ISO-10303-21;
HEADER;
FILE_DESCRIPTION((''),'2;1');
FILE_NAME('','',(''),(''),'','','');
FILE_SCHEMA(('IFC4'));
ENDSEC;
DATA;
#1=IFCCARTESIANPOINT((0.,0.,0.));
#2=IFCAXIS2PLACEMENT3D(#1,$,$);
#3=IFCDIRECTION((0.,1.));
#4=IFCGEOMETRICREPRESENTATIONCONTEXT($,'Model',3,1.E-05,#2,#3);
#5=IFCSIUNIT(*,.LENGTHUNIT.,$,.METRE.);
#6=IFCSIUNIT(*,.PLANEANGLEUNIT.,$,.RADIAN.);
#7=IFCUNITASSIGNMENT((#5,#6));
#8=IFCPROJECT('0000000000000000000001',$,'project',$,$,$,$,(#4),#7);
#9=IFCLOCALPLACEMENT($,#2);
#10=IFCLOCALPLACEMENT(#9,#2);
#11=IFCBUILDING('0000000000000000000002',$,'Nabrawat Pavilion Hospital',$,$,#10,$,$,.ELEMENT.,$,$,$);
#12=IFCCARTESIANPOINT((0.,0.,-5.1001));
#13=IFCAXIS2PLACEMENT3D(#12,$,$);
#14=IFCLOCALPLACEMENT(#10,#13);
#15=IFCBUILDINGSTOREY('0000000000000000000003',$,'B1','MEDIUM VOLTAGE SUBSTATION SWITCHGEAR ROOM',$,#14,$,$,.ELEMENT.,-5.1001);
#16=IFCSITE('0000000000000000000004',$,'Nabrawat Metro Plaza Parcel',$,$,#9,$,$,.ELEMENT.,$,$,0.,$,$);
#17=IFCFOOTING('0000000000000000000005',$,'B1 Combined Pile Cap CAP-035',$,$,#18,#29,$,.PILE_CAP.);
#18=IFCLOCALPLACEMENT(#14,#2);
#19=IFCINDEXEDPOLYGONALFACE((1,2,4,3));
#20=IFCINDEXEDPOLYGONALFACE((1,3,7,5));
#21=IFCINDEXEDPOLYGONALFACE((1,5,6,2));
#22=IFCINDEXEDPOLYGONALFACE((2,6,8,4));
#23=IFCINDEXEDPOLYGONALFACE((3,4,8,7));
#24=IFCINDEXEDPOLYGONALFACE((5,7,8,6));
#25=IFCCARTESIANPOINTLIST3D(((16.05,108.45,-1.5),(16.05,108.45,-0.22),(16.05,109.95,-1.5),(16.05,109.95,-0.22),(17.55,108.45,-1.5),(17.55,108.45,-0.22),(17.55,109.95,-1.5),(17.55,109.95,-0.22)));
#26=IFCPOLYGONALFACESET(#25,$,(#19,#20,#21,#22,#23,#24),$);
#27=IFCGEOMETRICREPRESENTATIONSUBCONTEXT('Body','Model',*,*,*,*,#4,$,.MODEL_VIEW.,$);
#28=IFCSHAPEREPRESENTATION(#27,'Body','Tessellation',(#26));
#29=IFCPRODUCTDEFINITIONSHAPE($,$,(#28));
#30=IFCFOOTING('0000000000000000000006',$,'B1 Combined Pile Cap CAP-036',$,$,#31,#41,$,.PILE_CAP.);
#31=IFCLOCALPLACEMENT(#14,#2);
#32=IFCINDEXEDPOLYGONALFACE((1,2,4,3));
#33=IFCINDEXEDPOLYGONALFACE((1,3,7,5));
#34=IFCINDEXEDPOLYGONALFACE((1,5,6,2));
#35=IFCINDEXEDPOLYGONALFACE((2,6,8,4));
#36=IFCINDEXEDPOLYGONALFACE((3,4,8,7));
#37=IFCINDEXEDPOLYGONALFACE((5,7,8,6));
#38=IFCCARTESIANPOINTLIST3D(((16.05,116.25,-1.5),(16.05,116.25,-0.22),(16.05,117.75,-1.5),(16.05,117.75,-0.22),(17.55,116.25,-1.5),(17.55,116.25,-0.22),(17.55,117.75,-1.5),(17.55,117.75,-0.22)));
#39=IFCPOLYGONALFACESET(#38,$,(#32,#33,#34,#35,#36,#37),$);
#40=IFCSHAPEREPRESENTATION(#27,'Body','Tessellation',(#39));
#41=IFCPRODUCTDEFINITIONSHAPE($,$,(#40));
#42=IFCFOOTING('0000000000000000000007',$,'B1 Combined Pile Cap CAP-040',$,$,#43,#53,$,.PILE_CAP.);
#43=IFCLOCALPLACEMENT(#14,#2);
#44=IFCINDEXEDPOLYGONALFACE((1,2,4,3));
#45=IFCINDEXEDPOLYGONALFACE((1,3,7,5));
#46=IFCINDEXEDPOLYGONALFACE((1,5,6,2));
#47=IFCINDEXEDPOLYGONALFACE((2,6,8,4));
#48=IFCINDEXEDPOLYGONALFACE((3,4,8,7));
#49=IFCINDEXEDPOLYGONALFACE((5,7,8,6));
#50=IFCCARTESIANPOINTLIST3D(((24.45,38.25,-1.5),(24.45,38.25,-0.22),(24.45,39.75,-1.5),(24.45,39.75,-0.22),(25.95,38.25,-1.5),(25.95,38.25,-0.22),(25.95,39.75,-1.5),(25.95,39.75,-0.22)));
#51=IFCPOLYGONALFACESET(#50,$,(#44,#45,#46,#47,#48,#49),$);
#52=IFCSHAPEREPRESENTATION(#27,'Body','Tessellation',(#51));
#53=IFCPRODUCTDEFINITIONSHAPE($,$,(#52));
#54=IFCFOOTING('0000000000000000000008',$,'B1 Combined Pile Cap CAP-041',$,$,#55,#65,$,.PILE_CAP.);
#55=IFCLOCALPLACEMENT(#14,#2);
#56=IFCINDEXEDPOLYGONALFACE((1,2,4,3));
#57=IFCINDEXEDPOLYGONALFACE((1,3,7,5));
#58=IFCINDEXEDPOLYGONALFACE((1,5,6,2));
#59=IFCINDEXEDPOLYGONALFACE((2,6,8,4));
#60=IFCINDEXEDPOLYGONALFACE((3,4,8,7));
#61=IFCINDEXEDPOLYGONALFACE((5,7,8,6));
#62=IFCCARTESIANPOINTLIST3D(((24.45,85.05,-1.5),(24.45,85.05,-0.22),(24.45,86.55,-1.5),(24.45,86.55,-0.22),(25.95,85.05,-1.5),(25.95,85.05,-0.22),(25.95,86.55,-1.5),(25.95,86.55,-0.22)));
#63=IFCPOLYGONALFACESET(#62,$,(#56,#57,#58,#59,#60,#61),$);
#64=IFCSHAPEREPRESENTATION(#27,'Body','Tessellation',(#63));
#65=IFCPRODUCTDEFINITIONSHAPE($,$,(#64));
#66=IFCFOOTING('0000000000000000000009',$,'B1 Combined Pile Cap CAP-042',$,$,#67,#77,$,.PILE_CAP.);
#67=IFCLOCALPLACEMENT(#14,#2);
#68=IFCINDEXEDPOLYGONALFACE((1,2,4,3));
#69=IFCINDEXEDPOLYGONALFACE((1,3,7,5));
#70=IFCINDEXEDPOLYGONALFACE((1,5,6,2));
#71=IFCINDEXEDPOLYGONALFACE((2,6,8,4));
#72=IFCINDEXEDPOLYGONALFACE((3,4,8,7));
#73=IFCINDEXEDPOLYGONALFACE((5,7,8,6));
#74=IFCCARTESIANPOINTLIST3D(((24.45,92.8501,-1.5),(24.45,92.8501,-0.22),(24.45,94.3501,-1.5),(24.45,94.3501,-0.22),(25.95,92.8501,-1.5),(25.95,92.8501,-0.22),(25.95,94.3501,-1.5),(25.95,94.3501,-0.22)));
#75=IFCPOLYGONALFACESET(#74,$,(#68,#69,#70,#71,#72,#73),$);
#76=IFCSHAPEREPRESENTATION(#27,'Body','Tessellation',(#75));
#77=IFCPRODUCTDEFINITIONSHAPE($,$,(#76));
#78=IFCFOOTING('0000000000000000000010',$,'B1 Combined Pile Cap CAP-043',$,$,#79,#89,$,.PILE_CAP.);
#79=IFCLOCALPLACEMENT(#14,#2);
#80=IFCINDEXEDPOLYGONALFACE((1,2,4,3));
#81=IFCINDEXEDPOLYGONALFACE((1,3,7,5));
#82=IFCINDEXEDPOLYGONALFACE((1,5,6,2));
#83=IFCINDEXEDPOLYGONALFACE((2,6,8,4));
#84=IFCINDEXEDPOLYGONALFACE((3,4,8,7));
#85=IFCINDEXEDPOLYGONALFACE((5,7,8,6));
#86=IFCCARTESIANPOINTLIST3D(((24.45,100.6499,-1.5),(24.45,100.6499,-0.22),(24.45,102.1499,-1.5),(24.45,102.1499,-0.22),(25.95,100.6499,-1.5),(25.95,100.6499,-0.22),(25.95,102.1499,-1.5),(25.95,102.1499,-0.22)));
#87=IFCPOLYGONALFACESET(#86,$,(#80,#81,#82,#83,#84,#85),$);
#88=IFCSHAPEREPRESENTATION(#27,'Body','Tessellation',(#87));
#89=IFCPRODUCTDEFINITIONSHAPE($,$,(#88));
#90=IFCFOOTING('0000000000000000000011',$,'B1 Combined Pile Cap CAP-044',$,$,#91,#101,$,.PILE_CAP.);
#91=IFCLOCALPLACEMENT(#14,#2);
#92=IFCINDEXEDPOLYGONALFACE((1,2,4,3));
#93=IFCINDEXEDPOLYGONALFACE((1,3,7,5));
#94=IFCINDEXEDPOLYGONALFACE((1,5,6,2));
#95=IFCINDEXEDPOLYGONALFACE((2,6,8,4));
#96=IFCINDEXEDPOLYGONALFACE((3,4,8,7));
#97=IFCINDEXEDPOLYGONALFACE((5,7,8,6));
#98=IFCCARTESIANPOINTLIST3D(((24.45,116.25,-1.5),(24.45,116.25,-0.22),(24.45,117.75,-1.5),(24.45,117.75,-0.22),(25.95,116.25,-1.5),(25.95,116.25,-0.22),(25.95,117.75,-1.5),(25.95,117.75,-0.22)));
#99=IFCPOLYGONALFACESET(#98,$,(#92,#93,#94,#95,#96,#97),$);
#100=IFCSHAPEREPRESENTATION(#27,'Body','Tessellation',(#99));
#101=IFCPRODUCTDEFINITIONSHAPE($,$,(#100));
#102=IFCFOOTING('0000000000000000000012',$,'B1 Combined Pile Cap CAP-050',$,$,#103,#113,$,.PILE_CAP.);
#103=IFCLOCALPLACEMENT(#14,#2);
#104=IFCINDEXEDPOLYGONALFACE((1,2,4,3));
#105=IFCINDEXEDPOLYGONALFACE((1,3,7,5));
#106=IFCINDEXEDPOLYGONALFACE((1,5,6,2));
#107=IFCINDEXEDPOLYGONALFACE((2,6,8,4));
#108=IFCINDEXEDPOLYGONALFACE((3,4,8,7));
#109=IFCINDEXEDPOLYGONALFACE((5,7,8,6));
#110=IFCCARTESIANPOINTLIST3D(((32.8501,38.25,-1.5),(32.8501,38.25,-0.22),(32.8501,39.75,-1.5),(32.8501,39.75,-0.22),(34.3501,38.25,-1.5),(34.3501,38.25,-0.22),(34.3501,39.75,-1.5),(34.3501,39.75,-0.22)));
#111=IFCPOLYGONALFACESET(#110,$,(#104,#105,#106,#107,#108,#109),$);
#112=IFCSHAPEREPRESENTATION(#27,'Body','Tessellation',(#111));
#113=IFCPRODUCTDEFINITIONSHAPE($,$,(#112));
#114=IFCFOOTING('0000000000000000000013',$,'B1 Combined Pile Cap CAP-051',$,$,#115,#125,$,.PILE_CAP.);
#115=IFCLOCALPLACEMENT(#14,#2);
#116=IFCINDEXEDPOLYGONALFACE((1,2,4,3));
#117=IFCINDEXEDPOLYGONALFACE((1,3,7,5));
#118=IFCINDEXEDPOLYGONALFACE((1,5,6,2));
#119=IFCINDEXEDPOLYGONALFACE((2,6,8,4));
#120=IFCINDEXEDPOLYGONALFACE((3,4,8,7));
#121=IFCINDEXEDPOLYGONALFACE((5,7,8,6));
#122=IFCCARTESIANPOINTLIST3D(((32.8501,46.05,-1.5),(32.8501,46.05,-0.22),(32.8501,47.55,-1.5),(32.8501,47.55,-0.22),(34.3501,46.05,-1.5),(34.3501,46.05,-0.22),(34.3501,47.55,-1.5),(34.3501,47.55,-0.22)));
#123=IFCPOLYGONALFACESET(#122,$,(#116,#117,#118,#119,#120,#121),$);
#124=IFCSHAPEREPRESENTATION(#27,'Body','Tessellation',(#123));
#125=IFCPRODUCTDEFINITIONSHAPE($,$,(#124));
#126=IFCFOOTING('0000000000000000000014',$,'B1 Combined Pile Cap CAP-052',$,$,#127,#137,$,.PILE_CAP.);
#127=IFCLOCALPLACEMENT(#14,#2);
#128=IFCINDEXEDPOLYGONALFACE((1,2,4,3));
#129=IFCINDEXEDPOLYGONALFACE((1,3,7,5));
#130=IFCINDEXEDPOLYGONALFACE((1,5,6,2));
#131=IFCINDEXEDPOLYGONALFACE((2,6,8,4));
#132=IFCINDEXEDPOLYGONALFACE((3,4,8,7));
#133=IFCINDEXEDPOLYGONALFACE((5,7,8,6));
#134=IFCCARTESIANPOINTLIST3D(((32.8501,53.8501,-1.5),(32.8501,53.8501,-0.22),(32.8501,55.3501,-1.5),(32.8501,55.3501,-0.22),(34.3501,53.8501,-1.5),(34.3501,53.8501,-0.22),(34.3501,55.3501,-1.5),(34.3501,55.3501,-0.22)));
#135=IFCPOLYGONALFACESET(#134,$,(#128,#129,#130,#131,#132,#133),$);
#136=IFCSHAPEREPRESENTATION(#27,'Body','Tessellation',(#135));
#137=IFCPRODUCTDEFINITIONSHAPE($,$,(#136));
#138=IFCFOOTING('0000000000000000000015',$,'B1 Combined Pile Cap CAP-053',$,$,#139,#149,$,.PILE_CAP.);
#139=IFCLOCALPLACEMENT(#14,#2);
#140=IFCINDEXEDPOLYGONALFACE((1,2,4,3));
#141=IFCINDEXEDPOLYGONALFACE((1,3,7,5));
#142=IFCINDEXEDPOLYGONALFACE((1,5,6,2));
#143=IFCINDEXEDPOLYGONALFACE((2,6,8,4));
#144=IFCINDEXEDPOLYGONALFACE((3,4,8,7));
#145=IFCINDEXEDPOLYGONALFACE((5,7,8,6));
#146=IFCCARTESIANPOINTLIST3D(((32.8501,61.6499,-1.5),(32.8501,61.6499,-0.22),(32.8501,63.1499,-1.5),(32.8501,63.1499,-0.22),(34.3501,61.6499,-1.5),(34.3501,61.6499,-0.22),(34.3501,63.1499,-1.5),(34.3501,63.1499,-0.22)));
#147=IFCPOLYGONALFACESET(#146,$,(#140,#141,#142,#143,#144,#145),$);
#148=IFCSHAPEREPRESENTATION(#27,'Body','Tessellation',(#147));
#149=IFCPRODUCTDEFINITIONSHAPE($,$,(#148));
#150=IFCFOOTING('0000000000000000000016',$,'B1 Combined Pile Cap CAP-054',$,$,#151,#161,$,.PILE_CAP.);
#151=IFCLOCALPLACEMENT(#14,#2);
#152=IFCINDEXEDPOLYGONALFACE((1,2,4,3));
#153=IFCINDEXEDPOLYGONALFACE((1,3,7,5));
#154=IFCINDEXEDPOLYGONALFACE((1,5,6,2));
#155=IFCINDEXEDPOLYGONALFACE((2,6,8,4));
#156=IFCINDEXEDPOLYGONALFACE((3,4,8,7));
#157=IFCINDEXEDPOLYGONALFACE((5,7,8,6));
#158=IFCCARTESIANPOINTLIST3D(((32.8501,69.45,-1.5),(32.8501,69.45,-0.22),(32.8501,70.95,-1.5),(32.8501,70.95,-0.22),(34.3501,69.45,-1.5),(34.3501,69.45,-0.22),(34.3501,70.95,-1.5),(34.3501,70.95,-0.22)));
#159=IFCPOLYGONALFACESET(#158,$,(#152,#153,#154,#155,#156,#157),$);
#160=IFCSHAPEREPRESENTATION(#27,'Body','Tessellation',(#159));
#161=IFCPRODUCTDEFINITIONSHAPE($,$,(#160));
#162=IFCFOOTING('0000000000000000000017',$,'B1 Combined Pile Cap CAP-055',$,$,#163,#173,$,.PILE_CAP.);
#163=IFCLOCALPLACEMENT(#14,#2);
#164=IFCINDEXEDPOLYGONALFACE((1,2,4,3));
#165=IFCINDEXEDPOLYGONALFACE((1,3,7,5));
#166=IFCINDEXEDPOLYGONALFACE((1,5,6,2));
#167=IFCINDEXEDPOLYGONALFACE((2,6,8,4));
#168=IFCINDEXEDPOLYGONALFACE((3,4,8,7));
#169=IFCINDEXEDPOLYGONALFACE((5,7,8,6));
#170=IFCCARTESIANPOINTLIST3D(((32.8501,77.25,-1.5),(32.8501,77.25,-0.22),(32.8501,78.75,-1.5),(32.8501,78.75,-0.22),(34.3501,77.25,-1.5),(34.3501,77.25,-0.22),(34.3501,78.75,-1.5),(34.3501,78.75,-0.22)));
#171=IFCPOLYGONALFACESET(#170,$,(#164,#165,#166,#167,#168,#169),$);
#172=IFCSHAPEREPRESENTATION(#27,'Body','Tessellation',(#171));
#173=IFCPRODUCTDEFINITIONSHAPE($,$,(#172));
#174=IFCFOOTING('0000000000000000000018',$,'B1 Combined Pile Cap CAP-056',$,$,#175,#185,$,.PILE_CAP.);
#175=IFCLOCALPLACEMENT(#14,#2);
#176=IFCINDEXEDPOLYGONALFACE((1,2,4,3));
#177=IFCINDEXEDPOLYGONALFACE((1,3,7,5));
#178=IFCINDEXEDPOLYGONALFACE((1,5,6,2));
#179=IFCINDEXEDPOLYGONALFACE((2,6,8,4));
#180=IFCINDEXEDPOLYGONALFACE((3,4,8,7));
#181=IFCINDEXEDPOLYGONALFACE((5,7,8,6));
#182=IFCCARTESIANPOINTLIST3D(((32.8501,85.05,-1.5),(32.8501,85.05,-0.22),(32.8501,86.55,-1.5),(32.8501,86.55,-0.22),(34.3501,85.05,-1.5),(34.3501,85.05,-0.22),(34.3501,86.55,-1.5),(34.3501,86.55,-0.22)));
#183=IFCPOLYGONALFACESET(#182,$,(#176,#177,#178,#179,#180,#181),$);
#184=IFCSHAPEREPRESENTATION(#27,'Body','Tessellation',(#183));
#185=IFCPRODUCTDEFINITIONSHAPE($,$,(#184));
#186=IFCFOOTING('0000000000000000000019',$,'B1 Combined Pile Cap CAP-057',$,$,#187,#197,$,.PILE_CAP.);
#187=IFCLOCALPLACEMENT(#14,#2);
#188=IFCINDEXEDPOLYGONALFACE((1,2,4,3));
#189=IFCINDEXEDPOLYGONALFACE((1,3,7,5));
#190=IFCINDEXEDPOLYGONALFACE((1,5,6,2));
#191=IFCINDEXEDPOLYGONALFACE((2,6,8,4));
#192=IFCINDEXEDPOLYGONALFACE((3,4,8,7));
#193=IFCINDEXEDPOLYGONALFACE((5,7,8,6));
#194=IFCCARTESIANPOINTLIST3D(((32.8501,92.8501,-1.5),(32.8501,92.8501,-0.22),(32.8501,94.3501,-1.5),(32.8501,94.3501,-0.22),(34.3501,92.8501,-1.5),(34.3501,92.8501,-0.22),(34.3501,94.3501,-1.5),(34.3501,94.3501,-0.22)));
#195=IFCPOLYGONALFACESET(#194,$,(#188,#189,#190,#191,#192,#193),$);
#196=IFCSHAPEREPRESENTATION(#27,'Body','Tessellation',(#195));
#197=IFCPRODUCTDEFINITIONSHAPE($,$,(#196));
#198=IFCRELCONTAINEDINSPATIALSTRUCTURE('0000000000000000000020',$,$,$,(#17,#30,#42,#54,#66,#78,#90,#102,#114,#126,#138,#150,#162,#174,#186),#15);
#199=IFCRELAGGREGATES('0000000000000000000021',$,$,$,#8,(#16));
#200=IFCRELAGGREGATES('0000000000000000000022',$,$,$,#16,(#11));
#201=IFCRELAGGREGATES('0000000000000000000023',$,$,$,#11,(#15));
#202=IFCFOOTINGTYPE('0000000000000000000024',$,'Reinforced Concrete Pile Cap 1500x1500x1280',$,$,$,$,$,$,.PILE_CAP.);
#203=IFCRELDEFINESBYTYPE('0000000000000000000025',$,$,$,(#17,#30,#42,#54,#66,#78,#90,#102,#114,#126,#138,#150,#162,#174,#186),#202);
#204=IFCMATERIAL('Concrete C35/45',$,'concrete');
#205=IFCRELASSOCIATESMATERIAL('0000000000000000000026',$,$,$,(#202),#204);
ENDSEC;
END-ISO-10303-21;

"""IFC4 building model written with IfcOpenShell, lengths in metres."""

from ifc_helpers import new_model, si_unit, direction, frame, origin, place, context, subcontext, project, spatial, polyline, outline, extrude, material, type_object, element, save


model = new_model("IFC4")

# Units and contexts
model_context = context("Model", 3, precision=1e-05, world=origin(), true_north=direction((0.0, 1.0)))
body_context = subcontext(model_context, "Body", "Model", "MODEL_VIEW")
ifc_project = project(units=[si_unit("LENGTHUNIT", "METRE"), si_unit("PLANEANGLEUNIT", "RADIAN")], contexts=[model_context])

# Site, building, storey
site_placement = place(None, origin())
site = spatial("IfcSite", under=ifc_project, at=site_placement, Name="Nabrawat Metro Plaza Parcel", CompositionType="ELEMENT", RefElevation=0.0)
building_placement = place(site_placement, origin())
building = spatial("IfcBuilding", under=site, at=building_placement, Name="Nabrawat Pavilion Hospital", CompositionType="ELEMENT")
storey_placement = place(building_placement, frame((0.0, 0.0, -5.1001)))
storey = spatial("IfcBuildingStorey", under=building, at=storey_placement, Name="B1", Description="MEDIUM VOLTAGE SUBSTATION SWITCHGEAR ROOM", CompositionType="ELEMENT", Elevation=-5.1001)

# Footings
ifc_material = material(Name="Concrete C35/45", Category="concrete")
footing_type = type_object("IfcFootingType", Name="Reinforced Concrete Pile Cap 1500x1500x1280", PredefinedType="PILE_CAP", material=ifc_material)
footing_1_placement = place(storey_placement, frame((0.0, 0.0, -1.5)))
element("IfcFooting", 1, at=footing_1_placement, inside=storey, type_object=footing_type, Name="B1 Combined Pile Cap CAP-035", PredefinedType="PILE_CAP", context=body_context, shape_type="SweptSolid", body=[
    extrude(outline(polyline([(17.55, 108.45), (17.55, 109.95), (16.05, 109.95), (16.05, 108.45), (17.55, 108.45)])), origin(), (0.0, 0.0, 1.0), 1.28),
])
footing_2_placement = place(storey_placement, frame((0.0, 0.0, -1.5)))
element("IfcFooting", 2, at=footing_2_placement, inside=storey, type_object=footing_type, Name="B1 Combined Pile Cap CAP-036", PredefinedType="PILE_CAP", context=body_context, shape_type="SweptSolid", body=[
    extrude(outline(polyline([(17.55, 116.25), (17.55, 117.75), (16.05, 117.75), (16.05, 116.25), (17.55, 116.25)])), origin(), (0.0, 0.0, 1.0), 1.28),
])
footing_3_placement = place(storey_placement, frame((0.0, 0.0, -1.5)))
element("IfcFooting", 3, at=footing_3_placement, inside=storey, type_object=footing_type, Name="B1 Combined Pile Cap CAP-040", PredefinedType="PILE_CAP", context=body_context, shape_type="SweptSolid", body=[
    extrude(outline(polyline([(25.95, 38.25), (25.95, 39.75), (24.45, 39.75), (24.45, 38.25), (25.95, 38.25)])), origin(), (0.0, 0.0, 1.0), 1.28),
])
footing_4_placement = place(storey_placement, frame((0.0, 0.0, -1.5)))
element("IfcFooting", 4, at=footing_4_placement, inside=storey, type_object=footing_type, Name="B1 Combined Pile Cap CAP-041", PredefinedType="PILE_CAP", context=body_context, shape_type="SweptSolid", body=[
    extrude(outline(polyline([(25.95, 85.05), (25.95, 86.55), (24.45, 86.55), (24.45, 85.05), (25.95, 85.05)])), origin(), (0.0, 0.0, 1.0), 1.28),
])
footing_5_placement = place(storey_placement, frame((0.0, 0.0, -1.5)))
element("IfcFooting", 5, at=footing_5_placement, inside=storey, type_object=footing_type, Name="B1 Combined Pile Cap CAP-042", PredefinedType="PILE_CAP", context=body_context, shape_type="SweptSolid", body=[
    extrude(outline(polyline([(25.95, 92.8501), (25.95, 94.3501), (24.45, 94.3501), (24.45, 92.8501), (25.95, 92.8501)])), origin(), (0.0, 0.0, 1.0), 1.28),
])
footing_6_placement = place(storey_placement, frame((0.0, 0.0, -1.5)))
element("IfcFooting", 6, at=footing_6_placement, inside=storey, type_object=footing_type, Name="B1 Combined Pile Cap CAP-043", PredefinedType="PILE_CAP", context=body_context, shape_type="SweptSolid", body=[
    extrude(outline(polyline([(25.95, 100.6499), (25.95, 102.1499), (24.45, 102.1499), (24.45, 100.6499), (25.95, 100.6499)])), origin(), (0.0, 0.0, 1.0), 1.28),
])
footing_7_placement = place(storey_placement, frame((0.0, 0.0, -1.5)))
element("IfcFooting", 7, at=footing_7_placement, inside=storey, type_object=footing_type, Name="B1 Combined Pile Cap CAP-044", PredefinedType="PILE_CAP", context=body_context, shape_type="SweptSolid", body=[
    extrude(outline(polyline([(25.95, 116.25), (25.95, 117.75), (24.45, 117.75), (24.45, 116.25), (25.95, 116.25)])), origin(), (0.0, 0.0, 1.0), 1.28),
])
footing_8_placement = place(storey_placement, frame((0.0, 0.0, -1.5)))
element("IfcFooting", 8, at=footing_8_placement, inside=storey, type_object=footing_type, Name="B1 Combined Pile Cap CAP-050", PredefinedType="PILE_CAP", context=body_context, shape_type="SweptSolid", body=[
    extrude(outline(polyline([(34.3501, 38.25), (34.3501, 39.75), (32.8501, 39.75), (32.8501, 38.25), (34.3501, 38.25)])), origin(), (0.0, 0.0, 1.0), 1.28),
])
footing_9_placement = place(storey_placement, frame((0.0, 0.0, -1.5)))
element("IfcFooting", 9, at=footing_9_placement, inside=storey, type_object=footing_type, Name="B1 Combined Pile Cap CAP-051", PredefinedType="PILE_CAP", context=body_context, shape_type="SweptSolid", body=[
    extrude(outline(polyline([(34.3501, 46.05), (34.3501, 47.55), (32.8501, 47.55), (32.8501, 46.05), (34.3501, 46.05)])), origin(), (0.0, 0.0, 1.0), 1.28),
])
footing_10_placement = place(storey_placement, frame((0.0, 0.0, -1.5)))
element("IfcFooting", 10, at=footing_10_placement, inside=storey, type_object=footing_type, Name="B1 Combined Pile Cap CAP-052", PredefinedType="PILE_CAP", context=body_context, shape_type="SweptSolid", body=[
    extrude(outline(polyline([(34.3501, 53.8501), (34.3501, 55.3501), (32.8501, 55.3501), (32.8501, 53.8501), (34.3501, 53.8501)])), origin(), (0.0, 0.0, 1.0), 1.28),
])
footing_11_placement = place(storey_placement, frame((0.0, 0.0, -1.5)))
element("IfcFooting", 11, at=footing_11_placement, inside=storey, type_object=footing_type, Name="B1 Combined Pile Cap CAP-053", PredefinedType="PILE_CAP", context=body_context, shape_type="SweptSolid", body=[
    extrude(outline(polyline([(34.3501, 61.6499), (34.3501, 63.1499), (32.8501, 63.1499), (32.8501, 61.6499), (34.3501, 61.6499)])), origin(), (0.0, 0.0, 1.0), 1.28),
])
footing_12_placement = place(storey_placement, frame((0.0, 0.0, -1.5)))
element("IfcFooting", 12, at=footing_12_placement, inside=storey, type_object=footing_type, Name="B1 Combined Pile Cap CAP-054", PredefinedType="PILE_CAP", context=body_context, shape_type="SweptSolid", body=[
    extrude(outline(polyline([(34.3501, 69.45), (34.3501, 70.95), (32.8501, 70.95), (32.8501, 69.45), (34.3501, 69.45)])), origin(), (0.0, 0.0, 1.0), 1.28),
])
footing_13_placement = place(storey_placement, frame((0.0, 0.0, -1.5)))
element("IfcFooting", 13, at=footing_13_placement, inside=storey, type_object=footing_type, Name="B1 Combined Pile Cap CAP-055", PredefinedType="PILE_CAP", context=body_context, shape_type="SweptSolid", body=[
    extrude(outline(polyline([(34.3501, 77.25), (34.3501, 78.75), (32.8501, 78.75), (32.8501, 77.25), (34.3501, 77.25)])), origin(), (0.0, 0.0, 1.0), 1.28),
])
footing_14_placement = place(storey_placement, frame((0.0, 0.0, -1.5)))
element("IfcFooting", 14, at=footing_14_placement, inside=storey, type_object=footing_type, Name="B1 Combined Pile Cap CAP-056", PredefinedType="PILE_CAP", context=body_context, shape_type="SweptSolid", body=[
    extrude(outline(polyline([(34.3501, 85.05), (34.3501, 86.55), (32.8501, 86.55), (32.8501, 85.05), (34.3501, 85.05)])), origin(), (0.0, 0.0, 1.0), 1.28),
])
footing_15_placement = place(storey_placement, frame((0.0, 0.0, -1.5)))
element("IfcFooting", 15, at=footing_15_placement, inside=storey, type_object=footing_type, Name="B1 Combined Pile Cap CAP-057", PredefinedType="PILE_CAP", context=body_context, shape_type="SweptSolid", body=[
    extrude(outline(polyline([(34.3501, 92.8501), (34.3501, 94.3501), (32.8501, 94.3501), (32.8501, 92.8501), (34.3501, 92.8501)])), origin(), (0.0, 0.0, 1.0), 1.28),
])

save(model, "model.ifc")
